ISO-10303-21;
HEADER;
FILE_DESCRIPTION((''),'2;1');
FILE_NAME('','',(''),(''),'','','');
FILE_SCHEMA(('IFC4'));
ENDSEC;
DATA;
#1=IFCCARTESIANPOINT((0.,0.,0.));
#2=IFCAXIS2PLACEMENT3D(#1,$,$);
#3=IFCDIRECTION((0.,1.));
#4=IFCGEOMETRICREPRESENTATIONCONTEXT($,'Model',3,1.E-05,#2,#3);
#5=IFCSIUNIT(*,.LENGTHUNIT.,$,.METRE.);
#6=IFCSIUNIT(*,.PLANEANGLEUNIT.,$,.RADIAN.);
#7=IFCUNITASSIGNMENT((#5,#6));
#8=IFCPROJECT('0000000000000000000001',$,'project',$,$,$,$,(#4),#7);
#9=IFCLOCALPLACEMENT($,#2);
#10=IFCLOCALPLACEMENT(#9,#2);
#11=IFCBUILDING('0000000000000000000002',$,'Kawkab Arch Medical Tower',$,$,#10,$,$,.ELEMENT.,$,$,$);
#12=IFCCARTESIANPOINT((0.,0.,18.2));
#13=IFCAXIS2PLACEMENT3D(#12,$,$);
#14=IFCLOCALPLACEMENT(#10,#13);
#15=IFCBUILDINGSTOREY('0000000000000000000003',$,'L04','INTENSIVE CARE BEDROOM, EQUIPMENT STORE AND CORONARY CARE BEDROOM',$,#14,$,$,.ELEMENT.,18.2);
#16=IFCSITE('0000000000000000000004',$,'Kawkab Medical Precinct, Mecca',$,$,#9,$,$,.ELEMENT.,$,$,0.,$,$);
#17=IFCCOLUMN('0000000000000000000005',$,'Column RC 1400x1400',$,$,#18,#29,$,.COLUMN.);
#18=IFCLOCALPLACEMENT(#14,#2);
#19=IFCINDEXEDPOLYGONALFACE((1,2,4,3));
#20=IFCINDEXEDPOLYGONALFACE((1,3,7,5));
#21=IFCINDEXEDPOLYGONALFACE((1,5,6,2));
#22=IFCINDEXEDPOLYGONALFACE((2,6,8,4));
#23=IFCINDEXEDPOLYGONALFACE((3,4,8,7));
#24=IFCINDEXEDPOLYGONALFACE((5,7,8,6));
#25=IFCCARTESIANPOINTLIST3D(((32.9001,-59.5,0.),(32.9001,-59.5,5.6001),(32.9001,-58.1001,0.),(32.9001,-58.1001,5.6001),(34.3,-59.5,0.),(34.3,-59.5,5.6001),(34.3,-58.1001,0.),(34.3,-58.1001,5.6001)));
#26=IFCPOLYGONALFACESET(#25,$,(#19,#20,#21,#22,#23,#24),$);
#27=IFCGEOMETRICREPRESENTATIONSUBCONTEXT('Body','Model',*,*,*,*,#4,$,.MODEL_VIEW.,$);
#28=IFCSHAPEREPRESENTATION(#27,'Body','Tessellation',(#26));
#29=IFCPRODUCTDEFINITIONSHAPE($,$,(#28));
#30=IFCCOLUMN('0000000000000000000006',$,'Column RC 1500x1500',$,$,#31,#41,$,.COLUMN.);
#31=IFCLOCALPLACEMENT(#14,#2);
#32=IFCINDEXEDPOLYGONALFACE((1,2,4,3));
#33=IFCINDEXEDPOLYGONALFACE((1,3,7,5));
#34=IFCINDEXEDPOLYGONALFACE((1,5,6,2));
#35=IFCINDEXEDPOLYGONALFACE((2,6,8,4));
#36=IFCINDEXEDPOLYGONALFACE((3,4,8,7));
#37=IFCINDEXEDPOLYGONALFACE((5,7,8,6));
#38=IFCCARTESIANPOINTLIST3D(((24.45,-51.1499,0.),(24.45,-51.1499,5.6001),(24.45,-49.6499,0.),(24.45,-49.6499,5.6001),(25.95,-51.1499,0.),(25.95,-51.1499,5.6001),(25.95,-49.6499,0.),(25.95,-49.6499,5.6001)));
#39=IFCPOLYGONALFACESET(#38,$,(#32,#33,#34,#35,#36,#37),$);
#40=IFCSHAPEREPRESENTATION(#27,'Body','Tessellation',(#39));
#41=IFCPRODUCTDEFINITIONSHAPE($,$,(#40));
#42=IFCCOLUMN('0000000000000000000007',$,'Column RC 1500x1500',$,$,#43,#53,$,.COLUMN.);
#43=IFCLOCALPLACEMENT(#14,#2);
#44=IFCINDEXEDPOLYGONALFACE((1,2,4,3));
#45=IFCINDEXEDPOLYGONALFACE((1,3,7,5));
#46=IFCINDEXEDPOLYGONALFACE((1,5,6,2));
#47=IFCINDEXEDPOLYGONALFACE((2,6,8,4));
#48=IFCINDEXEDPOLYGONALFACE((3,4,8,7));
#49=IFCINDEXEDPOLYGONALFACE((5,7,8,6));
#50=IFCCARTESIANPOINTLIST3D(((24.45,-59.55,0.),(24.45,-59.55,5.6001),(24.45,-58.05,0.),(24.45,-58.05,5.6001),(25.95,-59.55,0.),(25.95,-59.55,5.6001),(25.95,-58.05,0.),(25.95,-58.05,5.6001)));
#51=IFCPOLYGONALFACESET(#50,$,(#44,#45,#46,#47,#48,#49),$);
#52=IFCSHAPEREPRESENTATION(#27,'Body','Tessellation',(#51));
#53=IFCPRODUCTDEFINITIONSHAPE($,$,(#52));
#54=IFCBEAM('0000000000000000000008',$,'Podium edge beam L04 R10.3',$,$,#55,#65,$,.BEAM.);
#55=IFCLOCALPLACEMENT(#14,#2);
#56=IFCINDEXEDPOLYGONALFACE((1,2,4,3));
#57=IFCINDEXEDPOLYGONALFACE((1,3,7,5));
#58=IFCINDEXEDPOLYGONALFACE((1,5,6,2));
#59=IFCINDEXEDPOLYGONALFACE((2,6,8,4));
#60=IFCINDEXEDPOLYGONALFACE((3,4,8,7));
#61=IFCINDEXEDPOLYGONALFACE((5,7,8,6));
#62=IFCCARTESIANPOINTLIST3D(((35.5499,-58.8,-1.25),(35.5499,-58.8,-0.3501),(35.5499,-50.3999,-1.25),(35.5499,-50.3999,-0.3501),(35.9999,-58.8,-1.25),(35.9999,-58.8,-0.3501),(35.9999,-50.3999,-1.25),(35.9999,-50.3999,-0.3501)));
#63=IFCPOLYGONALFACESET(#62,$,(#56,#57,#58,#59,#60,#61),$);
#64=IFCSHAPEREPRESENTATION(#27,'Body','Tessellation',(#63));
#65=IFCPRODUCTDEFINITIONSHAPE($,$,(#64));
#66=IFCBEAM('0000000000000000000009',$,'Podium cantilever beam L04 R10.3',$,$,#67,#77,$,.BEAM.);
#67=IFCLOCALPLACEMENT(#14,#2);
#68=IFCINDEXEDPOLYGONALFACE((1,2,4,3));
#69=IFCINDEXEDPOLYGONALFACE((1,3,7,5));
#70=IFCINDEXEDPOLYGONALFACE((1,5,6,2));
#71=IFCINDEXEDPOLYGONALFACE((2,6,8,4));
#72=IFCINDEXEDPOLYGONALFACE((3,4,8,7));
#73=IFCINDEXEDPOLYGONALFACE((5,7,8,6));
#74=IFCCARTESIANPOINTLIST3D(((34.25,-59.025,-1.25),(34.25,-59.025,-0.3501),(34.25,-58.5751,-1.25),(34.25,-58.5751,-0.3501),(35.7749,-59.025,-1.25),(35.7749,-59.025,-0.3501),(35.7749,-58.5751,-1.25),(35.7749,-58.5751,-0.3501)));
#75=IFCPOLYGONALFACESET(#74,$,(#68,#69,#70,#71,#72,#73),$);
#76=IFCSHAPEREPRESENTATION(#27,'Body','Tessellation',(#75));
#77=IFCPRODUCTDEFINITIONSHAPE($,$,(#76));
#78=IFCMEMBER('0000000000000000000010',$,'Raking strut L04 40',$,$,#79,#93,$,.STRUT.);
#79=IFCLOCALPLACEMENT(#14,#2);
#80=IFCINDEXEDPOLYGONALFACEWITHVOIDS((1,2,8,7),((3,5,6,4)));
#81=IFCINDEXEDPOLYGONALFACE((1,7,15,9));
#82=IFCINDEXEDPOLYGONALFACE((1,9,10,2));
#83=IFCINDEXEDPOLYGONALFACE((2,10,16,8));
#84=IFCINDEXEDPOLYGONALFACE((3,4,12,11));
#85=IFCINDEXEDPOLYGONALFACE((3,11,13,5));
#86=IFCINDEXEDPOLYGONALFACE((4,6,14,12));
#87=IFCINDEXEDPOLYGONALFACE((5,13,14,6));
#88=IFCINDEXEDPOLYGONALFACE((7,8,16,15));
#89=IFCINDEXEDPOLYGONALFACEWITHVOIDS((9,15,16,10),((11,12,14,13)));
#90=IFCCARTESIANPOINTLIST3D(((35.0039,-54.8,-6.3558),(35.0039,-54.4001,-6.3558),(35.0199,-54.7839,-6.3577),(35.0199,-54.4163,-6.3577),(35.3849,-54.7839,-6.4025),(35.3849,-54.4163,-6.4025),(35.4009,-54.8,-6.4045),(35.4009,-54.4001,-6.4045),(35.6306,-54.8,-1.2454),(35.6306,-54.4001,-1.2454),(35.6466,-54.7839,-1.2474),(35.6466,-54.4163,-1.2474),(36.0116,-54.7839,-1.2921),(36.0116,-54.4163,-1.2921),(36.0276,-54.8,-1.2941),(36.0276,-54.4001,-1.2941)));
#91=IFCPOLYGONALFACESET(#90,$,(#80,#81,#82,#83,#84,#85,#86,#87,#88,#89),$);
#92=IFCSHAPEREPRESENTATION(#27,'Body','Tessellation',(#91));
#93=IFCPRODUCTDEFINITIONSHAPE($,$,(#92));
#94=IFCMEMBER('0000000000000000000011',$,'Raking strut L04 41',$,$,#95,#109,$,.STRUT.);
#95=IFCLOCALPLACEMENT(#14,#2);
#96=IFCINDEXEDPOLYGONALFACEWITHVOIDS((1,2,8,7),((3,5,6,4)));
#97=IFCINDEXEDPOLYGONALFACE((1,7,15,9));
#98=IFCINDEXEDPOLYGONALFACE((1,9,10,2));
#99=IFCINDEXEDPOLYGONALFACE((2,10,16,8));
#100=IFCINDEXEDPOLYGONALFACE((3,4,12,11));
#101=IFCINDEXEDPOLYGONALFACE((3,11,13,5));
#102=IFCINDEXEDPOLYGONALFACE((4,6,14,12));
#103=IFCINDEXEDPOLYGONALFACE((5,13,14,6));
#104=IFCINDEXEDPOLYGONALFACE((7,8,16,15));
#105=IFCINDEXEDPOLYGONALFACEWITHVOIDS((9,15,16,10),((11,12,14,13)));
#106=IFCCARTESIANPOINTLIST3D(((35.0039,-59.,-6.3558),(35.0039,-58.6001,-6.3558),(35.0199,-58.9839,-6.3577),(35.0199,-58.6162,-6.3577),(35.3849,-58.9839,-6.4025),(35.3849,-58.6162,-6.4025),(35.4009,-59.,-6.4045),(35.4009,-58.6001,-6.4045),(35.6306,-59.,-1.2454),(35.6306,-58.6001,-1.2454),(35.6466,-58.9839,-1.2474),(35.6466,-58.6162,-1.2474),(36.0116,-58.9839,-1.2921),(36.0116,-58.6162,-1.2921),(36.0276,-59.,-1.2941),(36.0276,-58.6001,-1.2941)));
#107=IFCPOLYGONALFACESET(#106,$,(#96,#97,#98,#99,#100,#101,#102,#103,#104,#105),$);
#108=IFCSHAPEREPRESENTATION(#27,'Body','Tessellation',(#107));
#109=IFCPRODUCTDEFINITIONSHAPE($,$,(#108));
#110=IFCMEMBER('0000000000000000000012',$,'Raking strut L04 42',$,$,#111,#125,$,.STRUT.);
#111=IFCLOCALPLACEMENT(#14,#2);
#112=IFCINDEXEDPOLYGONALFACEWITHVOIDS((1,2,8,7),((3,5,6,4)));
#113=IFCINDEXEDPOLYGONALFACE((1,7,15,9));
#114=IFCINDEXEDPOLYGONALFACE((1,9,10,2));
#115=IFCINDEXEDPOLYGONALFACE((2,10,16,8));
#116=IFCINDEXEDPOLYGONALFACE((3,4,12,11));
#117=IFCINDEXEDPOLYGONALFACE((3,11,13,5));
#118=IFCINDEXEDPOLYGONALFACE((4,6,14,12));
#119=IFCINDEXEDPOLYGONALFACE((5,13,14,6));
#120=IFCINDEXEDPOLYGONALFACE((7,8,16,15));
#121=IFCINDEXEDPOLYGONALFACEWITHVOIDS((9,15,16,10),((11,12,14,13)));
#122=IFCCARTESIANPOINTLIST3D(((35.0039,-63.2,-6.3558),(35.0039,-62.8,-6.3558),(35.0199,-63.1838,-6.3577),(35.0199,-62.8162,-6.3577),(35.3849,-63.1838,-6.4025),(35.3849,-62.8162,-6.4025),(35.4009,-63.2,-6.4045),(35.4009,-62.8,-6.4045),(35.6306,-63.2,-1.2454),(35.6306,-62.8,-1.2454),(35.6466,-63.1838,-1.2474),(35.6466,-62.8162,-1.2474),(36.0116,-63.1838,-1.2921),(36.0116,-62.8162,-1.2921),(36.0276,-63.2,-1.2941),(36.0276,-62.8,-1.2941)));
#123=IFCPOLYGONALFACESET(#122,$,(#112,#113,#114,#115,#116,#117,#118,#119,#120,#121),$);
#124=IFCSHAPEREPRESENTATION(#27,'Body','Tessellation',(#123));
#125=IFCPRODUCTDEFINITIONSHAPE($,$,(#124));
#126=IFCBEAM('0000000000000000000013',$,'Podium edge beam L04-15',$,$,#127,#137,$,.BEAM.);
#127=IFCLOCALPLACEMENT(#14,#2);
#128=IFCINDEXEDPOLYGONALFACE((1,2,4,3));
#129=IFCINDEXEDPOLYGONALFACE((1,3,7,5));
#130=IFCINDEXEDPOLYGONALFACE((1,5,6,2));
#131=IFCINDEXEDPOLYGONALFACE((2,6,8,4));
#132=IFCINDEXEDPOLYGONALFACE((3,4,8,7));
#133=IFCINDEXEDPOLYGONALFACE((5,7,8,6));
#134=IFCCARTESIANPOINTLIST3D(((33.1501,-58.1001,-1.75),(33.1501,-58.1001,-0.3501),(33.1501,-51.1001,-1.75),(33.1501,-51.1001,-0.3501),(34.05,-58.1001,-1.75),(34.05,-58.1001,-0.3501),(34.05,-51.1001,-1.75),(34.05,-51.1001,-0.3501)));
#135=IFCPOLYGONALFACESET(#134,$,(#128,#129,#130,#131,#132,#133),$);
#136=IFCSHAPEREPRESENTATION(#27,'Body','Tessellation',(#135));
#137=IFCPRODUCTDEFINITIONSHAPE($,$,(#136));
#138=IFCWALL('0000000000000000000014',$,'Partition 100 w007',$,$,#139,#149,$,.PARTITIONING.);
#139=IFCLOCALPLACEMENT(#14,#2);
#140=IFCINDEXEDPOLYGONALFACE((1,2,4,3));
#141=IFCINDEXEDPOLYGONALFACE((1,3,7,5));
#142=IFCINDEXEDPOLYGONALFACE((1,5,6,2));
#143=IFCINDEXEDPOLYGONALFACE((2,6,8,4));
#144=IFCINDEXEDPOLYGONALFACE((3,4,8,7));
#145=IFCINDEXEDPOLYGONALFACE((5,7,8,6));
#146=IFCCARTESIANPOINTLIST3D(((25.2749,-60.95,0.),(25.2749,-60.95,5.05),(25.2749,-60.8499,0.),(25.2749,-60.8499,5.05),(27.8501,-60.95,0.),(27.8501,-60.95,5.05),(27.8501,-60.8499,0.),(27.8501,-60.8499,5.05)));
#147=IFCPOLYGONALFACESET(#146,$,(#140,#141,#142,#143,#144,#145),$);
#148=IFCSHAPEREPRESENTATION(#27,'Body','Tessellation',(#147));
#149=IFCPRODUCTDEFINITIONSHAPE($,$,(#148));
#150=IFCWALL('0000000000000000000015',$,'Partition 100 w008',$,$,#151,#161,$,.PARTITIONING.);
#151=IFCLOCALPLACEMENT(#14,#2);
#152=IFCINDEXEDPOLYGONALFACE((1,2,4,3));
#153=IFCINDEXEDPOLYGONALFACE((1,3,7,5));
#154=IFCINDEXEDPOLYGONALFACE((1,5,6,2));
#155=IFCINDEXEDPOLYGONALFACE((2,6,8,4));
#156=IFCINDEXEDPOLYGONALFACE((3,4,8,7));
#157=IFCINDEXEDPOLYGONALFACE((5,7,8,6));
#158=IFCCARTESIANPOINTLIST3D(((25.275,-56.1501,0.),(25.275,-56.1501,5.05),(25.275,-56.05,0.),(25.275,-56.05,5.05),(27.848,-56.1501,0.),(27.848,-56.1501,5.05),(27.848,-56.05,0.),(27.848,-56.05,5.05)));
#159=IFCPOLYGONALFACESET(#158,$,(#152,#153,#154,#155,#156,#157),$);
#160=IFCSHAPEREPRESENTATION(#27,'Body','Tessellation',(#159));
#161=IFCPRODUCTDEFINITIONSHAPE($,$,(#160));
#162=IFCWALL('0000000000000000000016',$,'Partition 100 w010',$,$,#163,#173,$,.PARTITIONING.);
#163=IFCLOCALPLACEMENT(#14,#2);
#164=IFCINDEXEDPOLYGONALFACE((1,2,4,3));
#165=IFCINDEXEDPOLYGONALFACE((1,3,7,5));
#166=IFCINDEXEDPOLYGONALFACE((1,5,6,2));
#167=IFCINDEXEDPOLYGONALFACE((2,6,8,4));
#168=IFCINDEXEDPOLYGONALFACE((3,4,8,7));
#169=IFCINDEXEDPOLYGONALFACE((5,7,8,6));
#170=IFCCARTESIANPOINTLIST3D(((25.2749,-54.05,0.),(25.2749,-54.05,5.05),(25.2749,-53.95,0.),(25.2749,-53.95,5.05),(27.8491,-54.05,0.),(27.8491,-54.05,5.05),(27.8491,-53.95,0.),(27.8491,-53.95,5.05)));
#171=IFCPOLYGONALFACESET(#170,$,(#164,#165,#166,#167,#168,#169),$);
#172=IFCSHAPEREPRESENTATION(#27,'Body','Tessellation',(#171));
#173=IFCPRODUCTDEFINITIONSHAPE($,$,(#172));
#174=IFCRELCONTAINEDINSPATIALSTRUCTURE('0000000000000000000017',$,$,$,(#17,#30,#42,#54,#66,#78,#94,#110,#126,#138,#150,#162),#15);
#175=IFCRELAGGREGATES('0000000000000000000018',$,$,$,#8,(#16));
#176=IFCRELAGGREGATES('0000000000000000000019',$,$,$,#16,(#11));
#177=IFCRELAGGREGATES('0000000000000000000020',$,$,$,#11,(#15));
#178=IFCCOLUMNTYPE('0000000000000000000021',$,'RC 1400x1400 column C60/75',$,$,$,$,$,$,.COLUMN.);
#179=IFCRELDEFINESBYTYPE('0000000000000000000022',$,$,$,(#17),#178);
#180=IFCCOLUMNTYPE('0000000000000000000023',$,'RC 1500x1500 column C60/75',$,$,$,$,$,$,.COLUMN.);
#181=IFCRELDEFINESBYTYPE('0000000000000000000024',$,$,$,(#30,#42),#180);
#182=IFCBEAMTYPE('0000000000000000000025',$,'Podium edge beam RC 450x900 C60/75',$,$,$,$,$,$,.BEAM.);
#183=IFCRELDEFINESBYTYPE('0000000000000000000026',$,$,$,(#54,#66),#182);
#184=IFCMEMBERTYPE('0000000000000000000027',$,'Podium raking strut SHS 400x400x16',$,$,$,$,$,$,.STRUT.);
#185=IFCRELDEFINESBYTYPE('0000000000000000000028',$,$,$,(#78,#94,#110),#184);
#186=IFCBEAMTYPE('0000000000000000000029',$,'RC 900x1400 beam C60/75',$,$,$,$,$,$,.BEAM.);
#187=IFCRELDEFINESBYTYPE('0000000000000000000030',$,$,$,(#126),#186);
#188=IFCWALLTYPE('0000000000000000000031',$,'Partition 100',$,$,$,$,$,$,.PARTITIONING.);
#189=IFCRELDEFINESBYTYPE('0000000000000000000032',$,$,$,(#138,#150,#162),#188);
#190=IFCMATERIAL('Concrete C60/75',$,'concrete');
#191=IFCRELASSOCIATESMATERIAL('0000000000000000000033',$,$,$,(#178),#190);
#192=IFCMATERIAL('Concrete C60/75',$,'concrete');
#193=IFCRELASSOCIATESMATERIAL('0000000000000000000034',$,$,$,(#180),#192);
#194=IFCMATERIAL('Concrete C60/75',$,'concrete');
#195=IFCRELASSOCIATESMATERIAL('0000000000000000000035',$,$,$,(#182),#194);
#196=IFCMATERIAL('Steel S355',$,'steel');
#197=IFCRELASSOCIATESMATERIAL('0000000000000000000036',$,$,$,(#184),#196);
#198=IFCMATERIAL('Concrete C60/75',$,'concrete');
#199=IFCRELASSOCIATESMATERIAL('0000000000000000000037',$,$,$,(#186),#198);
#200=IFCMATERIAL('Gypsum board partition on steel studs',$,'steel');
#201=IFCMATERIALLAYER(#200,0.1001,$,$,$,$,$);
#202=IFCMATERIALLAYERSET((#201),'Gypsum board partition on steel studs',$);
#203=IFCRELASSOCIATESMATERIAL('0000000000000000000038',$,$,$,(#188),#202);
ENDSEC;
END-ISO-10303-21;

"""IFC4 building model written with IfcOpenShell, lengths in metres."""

from ifc_helpers import new_model, si_unit, direction, frame, frame_2d, origin, origin_2d, place, context, subcontext, project, spatial, rectangle, hollow_rectangle, extrude, material, layer, layer_set, material_profile, profile_set, type_object, element, save


model = new_model("IFC4")

# Units and contexts
model_context = context("Model", 3, precision=1e-05, world=origin(), true_north=direction((0.0, 1.0)))
body_context = subcontext(model_context, "Body", "Model", "MODEL_VIEW")
ifc_project = project(units=[si_unit("LENGTHUNIT", "METRE"), si_unit("PLANEANGLEUNIT", "RADIAN")], contexts=[model_context])

# Site, building, storey
site_placement = place(None, origin())
site = spatial("IfcSite", under=ifc_project, at=site_placement, Name="Kawkab Medical Precinct, Mecca", CompositionType="ELEMENT", RefElevation=0.0)
building_placement = place(site_placement, origin())
building = spatial("IfcBuilding", under=site, at=building_placement, Name="Kawkab Arch Medical Tower", CompositionType="ELEMENT")
storey_placement = place(building_placement, frame((0.0, 0.0, 18.2)))
storey = spatial("IfcBuildingStorey", under=building, at=storey_placement, Name="L04", Description="INTENSIVE CARE BEDROOM, EQUIPMENT STORE AND CORONARY CARE BEDROOM", CompositionType="ELEMENT", Elevation=18.2)

# Columns
ifc_material_1 = material(Name="Concrete C60/75", Category="concrete")
ifc_material_profile_1 = material_profile(ifc_material_1, rectangle(XDim=1.3999, YDim=1.3999, at=origin_2d()), Name="RC 1400x1400")
ifc_profile_set_1 = profile_set([ifc_material_profile_1], Name="Concrete C60/75")
column_type_1 = type_object("IfcColumnType", Name="RC 1400x1400 column C60/75", PredefinedType="COLUMN", material=ifc_profile_set_1)
column_placement = place(storey_placement, frame((33.6001, -58.8, 0.0), z_axis=(0.0, 0.0, 1.0), x_axis=(1.0, 0.0, 0.0)))
element("IfcColumn", 1, at=column_placement, inside=storey, type_object=column_type_1, Name="Column RC 1400x1400", PredefinedType="COLUMN", context=body_context, shape_type="SweptSolid", body=[
    extrude(rectangle(XDim=1.3999, YDim=1.3999, at=origin_2d()), origin(), (0.0, 0.0, 1.0), 5.6001),
])
ifc_material_2 = material(Name="Concrete C60/75", Category="concrete")
ifc_material_profile_2 = material_profile(ifc_material_2, rectangle(XDim=1.5, YDim=1.5, at=origin_2d()), Name="RC 1500x1500")
ifc_profile_set_2 = profile_set([ifc_material_profile_2], Name="Concrete C60/75")
column_type_2 = type_object("IfcColumnType", Name="RC 1500x1500 column C60/75", PredefinedType="COLUMN", material=ifc_profile_set_2)
for number, where, z_axis, x_axis, name in (
    (2, (25.2, -50.3999, 0.0), (0.0, 0.0, 1.0), (1.0, 0.0, 0.0), "Column RC 1500x1500"),
    (3, (25.2, -58.8, 0.0), (0.0, 0.0, 1.0), (1.0, 0.0, 0.0), "Column RC 1500x1500"),
):
    element("IfcColumn", number, at=place(storey_placement, frame(where, z_axis=z_axis, x_axis=x_axis)), inside=storey, type_object=column_type_2, Name=name, PredefinedType="COLUMN", context=body_context, shape_type="SweptSolid", body=[
        extrude(rectangle(XDim=1.5, YDim=1.5, at=origin_2d()), origin(), (0.0, 0.0, 1.0), 5.6001),
    ])

# Beams
ifc_material_3 = material(Name="Concrete C60/75", Category="concrete")
ifc_material_profile_3 = material_profile(ifc_material_3, rectangle(XDim=0.45, YDim=0.8999, at=origin_2d()), Name="RC 450x900")
ifc_profile_set_3 = profile_set([ifc_material_profile_3], Name="Concrete C60/75")
beam_type_1 = type_object("IfcBeamType", Name="Podium edge beam RC 450x900 C60/75", PredefinedType="BEAM", material=ifc_profile_set_3)
beam_1_placement = place(storey_placement, frame((35.7749, -58.8, -0.8), z_axis=(0.0, 1.0, 0.0), x_axis=(-1.0, 0.0, 0.0)))
element("IfcBeam", 4, at=beam_1_placement, inside=storey, type_object=beam_type_1, Name="Podium edge beam L04 R10.3", PredefinedType="BEAM", context=body_context, shape_type="SweptSolid", body=[
    extrude(rectangle(XDim=0.45, YDim=0.8999, at=origin_2d()), origin(), (0.0, 0.0, 1.0), 8.4001),
])
beam_2_placement = place(storey_placement, frame((34.25, -58.8, -0.8), z_axis=(1.0, 0.0, 0.0), x_axis=(0.0, 1.0, 0.0)))
element("IfcBeam", 5, at=beam_2_placement, inside=storey, type_object=beam_type_1, Name="Podium cantilever beam L04 R10.3", PredefinedType="BEAM", context=body_context, shape_type="SweptSolid", body=[
    extrude(rectangle(XDim=0.45, YDim=0.8999, at=origin_2d()), origin(), (0.0, 0.0, 1.0), 1.5249),
])

# Members
ifc_material_4 = material(Name="Steel S355", Category="steel")
ifc_material_profile_4 = material_profile(ifc_material_4, hollow_rectangle(XDim=0.3999, YDim=0.3999, WallThickness=0.0161, at=origin_2d()), Name="SHS 400x400x16")
ifc_profile_set_4 = profile_set([ifc_material_profile_4], Name="Steel S355")
member_type = type_object("IfcMemberType", Name="Podium raking strut SHS 400x400x16", PredefinedType="STRUT", material=ifc_profile_set_4)
for number, where, z_axis, x_axis, name in (
    (6, (35.2024, -54.6001, -6.3801), (0.121723, 0.0, 0.992564), (0.0, 1.0, 0.0), "Raking strut L04 40"),
    (7, (35.2024, -58.8, -6.3801), (0.121723, 0.0, 0.992564), (0.0, 1.0, 0.0), "Raking strut L04 41"),
    (8, (35.2024, -63.0, -6.3801), (0.121723, 0.0, 0.992564), (0.0, 1.0, 0.0), "Raking strut L04 42"),
):
    element("IfcMember", number, at=place(storey_placement, frame(where, z_axis=z_axis, x_axis=x_axis)), inside=storey, type_object=member_type, Name=name, PredefinedType="STRUT", context=body_context, shape_type="SweptSolid", body=[
        extrude(hollow_rectangle(XDim=0.3999, YDim=0.3999, WallThickness=0.0161, at=origin_2d()), origin(), (0.0, 0.0, 1.0), 5.1487),
    ])

# Beam
ifc_material_5 = material(Name="Concrete C60/75", Category="concrete")
ifc_material_profile_5 = material_profile(ifc_material_5, rectangle(XDim=0.8999, YDim=1.3999, at=origin_2d()), Name="RC 900x1400")
ifc_profile_set_5 = profile_set([ifc_material_profile_5], Name="Concrete C60/75")
beam_type_2 = type_object("IfcBeamType", Name="RC 900x1400 beam C60/75", PredefinedType="BEAM", material=ifc_profile_set_5)
beam_3_placement = place(storey_placement, frame((33.6001, -58.1001, -1.05), z_axis=(0.0, 1.0, 0.0), x_axis=(-1.0, 0.0, 0.0)))
element("IfcBeam", 9, at=beam_3_placement, inside=storey, type_object=beam_type_2, Name="Podium edge beam L04-15", PredefinedType="BEAM", context=body_context, shape_type="SweptSolid", body=[
    extrude(rectangle(XDim=0.8999, YDim=1.3999, at=origin_2d()), origin(), (0.0, 0.0, 1.0), 7.0),
])

# Walls
ifc_material_6 = material(Name="Gypsum board partition on steel studs", Category="steel")
ifc_layer_1 = layer(ifc_material_6, 0.1001)
ifc_layer_set_1 = layer_set([ifc_layer_1], Name="Gypsum board partition on steel studs")
wall_type_1 = type_object("IfcWallType", Name="Partition 100", PredefinedType="PARTITIONING", material=ifc_layer_set_1)
wall_1_placement = place(storey_placement, frame((25.2749, -60.8999, 0.0), z_axis=(0.0, 0.0, 1.0), x_axis=(1.0, 0.0, 0.0)))
element("IfcWall", 10, at=wall_1_placement, inside=storey, type_object=wall_type_1, Name="Partition 100 w007", PredefinedType="PARTITIONING", context=body_context, shape_type="SweptSolid", body=[
    extrude(rectangle(XDim=2.5752, YDim=0.1001, at=frame_2d((1.2876, 0.0))), origin(), (0.0, 0.0, 1.0), 5.05),
])
wall_2_placement = place(storey_placement, frame((25.2749, -56.1001, 0.0), z_axis=(0.0, 0.0, 1.0), x_axis=(1.0, 0.0, 0.0)))
element("IfcWall", 11, at=wall_2_placement, inside=storey, type_object=wall_type_1, Name="Partition 100 w008", PredefinedType="PARTITIONING", context=body_context, shape_type="SweptSolid", body=[
    extrude(rectangle(XDim=2.573, YDim=0.1001, at=frame_2d((1.2866, 0.0))), origin(), (0.0, 0.0, 1.0), 5.05),
])
wall_3_placement = place(storey_placement, frame((25.2749, -54.0, 0.0), z_axis=(0.0, 0.0, 1.0), x_axis=(1.0, 0.0, 0.0)))
element("IfcWall", 12, at=wall_3_placement, inside=storey, type_object=wall_type_1, Name="Partition 100 w010", PredefinedType="PARTITIONING", context=body_context, shape_type="SweptSolid", body=[
    extrude(rectangle(XDim=2.5742, YDim=0.1001, at=frame_2d((1.2871, 0.0))), origin(), (0.0, 0.0, 1.0), 5.05),
])

save(model, "model.ifc")
